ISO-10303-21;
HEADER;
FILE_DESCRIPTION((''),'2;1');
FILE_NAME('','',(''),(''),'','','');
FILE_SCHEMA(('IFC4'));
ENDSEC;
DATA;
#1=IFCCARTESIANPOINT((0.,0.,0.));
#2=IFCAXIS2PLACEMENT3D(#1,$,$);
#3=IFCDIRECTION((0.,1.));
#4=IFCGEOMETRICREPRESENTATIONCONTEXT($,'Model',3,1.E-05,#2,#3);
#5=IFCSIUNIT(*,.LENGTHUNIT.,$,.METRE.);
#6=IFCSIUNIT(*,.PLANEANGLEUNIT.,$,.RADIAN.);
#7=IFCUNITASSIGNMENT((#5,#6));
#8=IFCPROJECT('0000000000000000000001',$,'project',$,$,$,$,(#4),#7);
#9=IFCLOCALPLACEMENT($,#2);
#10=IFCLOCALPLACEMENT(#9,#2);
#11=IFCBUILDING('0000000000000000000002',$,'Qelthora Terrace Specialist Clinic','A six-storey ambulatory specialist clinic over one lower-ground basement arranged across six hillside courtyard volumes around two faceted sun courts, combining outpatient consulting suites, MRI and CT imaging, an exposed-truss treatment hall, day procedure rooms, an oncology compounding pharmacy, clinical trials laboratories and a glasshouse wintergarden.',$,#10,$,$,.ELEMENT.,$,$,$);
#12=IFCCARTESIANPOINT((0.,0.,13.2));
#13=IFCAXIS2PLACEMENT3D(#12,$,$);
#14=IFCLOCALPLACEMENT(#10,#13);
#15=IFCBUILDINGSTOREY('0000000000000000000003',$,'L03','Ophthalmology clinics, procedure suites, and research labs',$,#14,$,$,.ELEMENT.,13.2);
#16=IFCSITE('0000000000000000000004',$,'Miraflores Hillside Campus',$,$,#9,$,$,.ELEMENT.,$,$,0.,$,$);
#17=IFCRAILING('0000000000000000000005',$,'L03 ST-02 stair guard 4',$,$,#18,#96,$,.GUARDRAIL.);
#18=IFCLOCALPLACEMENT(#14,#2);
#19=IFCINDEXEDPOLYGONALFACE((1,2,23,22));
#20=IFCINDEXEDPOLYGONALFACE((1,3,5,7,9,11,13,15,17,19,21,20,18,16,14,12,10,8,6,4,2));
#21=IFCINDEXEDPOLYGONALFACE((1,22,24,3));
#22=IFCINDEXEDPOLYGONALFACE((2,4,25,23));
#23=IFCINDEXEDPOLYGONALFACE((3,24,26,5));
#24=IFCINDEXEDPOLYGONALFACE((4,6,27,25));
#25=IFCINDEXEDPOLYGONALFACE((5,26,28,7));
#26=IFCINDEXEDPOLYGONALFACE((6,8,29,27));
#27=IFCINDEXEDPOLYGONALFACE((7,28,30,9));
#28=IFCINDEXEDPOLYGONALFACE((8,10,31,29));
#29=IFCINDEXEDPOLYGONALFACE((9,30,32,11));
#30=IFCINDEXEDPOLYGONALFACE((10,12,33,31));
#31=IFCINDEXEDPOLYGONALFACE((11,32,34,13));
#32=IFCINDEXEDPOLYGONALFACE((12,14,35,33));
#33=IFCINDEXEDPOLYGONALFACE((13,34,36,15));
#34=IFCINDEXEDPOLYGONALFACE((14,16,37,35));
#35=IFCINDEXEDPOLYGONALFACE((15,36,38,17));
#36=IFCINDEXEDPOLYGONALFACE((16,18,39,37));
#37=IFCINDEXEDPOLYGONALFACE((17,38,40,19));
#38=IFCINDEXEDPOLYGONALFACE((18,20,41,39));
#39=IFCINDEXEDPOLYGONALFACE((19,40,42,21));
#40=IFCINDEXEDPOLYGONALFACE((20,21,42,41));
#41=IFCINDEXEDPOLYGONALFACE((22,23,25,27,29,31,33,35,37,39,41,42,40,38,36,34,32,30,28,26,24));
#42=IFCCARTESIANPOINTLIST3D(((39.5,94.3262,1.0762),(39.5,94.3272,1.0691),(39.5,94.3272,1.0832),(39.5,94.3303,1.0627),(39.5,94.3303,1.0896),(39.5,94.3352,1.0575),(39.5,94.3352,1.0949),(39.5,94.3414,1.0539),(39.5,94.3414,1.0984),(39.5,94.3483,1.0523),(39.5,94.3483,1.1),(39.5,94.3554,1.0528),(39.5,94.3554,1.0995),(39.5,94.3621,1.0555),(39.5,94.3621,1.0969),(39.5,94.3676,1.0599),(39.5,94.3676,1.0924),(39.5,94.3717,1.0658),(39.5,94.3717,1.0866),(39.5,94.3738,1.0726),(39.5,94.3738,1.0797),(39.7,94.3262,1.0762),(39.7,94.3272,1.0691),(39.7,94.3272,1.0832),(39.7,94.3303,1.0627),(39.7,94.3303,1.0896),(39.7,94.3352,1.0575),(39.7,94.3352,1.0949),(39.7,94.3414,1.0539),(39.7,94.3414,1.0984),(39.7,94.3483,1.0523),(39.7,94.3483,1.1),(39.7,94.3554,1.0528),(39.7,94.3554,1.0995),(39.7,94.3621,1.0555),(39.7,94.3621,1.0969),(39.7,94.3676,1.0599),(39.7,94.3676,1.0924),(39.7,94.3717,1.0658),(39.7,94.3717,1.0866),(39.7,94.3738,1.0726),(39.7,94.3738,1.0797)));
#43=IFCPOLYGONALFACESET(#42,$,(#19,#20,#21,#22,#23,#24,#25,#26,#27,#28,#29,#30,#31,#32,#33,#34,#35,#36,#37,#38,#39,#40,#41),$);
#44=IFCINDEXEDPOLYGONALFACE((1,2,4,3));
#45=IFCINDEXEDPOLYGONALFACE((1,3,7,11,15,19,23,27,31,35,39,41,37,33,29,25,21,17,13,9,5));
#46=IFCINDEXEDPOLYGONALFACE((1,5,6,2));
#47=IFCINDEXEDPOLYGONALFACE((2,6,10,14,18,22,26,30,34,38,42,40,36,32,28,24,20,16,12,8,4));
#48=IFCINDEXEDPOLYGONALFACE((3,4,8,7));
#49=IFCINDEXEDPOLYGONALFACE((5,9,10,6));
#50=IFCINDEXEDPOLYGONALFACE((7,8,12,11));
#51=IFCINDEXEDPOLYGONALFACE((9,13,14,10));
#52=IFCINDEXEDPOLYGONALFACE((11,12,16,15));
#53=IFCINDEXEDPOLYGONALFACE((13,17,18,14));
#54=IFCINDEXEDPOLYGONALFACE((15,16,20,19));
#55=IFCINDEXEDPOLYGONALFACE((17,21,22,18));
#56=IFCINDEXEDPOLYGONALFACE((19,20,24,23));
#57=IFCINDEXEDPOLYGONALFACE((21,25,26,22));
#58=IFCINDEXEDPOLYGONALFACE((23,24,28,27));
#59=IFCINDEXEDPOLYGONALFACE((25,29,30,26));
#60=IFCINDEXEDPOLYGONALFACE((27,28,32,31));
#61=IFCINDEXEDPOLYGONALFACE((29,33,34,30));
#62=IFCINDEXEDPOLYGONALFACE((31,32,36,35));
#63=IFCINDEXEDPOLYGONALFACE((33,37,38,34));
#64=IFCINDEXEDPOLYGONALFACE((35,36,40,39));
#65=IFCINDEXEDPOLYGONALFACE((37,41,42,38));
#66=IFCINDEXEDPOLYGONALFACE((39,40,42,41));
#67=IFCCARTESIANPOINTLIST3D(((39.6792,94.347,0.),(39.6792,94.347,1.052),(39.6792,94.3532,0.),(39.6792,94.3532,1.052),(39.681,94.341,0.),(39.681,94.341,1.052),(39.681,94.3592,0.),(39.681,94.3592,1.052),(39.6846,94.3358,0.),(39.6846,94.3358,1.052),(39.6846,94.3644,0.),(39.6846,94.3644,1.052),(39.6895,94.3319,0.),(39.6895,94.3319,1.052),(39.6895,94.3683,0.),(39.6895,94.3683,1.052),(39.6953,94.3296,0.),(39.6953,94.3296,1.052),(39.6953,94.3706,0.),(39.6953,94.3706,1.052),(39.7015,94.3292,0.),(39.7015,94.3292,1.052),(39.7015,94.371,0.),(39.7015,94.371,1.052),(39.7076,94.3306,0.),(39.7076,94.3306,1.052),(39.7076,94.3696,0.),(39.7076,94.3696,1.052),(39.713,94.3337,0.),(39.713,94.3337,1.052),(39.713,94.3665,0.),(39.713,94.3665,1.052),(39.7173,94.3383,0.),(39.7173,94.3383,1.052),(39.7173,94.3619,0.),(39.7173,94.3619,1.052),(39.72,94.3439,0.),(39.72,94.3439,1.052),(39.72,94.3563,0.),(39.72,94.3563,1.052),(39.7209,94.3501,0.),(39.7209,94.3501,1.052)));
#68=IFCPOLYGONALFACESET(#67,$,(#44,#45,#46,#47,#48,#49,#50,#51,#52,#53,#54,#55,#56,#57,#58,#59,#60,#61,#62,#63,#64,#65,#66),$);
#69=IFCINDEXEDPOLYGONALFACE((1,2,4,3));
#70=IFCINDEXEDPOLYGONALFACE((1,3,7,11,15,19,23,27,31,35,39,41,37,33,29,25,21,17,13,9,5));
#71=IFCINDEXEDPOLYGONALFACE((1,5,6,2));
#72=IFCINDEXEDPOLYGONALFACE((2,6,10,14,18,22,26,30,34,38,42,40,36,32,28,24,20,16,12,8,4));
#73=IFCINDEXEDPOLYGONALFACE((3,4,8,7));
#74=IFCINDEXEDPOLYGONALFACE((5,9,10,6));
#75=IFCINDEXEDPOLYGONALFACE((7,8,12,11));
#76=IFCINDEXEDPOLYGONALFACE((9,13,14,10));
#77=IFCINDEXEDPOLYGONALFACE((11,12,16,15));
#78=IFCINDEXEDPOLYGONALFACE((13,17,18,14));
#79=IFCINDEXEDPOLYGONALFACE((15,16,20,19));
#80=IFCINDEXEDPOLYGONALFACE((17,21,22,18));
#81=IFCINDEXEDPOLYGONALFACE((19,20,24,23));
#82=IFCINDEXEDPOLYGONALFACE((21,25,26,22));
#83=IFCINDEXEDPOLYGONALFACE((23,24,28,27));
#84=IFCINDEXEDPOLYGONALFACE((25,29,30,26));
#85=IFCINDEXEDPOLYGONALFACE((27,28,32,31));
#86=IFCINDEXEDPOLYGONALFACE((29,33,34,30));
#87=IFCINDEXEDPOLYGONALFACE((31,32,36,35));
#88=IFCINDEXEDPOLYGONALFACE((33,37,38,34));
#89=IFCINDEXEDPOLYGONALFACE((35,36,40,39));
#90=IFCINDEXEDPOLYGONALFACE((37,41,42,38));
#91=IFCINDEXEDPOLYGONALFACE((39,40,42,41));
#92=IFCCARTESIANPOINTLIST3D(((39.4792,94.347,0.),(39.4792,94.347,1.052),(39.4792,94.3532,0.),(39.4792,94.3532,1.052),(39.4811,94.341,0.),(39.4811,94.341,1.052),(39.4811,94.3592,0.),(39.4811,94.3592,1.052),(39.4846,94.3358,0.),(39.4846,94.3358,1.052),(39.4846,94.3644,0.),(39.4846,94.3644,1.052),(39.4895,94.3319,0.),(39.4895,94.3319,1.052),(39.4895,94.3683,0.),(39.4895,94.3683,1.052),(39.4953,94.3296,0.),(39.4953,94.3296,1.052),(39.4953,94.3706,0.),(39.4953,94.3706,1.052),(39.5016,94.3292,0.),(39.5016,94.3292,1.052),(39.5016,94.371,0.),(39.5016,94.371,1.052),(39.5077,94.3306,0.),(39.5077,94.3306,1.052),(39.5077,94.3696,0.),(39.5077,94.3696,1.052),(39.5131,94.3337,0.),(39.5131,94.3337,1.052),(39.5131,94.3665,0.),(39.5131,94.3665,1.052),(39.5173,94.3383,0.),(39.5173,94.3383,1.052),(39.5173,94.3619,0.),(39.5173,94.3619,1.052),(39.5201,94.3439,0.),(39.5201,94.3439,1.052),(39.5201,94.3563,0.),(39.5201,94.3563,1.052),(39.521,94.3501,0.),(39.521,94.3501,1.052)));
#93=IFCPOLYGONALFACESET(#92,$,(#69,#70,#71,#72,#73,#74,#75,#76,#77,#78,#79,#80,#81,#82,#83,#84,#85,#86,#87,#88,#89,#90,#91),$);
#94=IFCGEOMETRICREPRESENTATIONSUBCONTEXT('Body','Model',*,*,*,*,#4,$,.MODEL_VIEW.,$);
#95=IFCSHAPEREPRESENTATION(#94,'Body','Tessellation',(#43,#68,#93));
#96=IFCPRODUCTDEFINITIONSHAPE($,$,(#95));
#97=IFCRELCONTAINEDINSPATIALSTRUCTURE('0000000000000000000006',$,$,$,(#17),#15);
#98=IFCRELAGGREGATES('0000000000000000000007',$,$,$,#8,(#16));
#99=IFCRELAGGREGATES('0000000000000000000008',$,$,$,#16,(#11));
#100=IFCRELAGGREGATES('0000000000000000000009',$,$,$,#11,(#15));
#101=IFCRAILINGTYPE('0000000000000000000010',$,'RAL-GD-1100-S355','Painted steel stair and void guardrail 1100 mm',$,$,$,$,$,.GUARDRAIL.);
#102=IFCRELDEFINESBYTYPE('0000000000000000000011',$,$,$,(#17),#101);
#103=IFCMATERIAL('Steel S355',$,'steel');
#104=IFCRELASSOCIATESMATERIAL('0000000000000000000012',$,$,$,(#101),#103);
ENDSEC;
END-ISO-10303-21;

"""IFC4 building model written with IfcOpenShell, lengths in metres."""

from ifc_helpers import new_model, si_unit, direction, frame, origin, origin_2d, place, context, subcontext, project, spatial, circle, extrude, material, type_object, element, save


model = new_model("IFC4")

# Units and contexts
model_context = context("Model", 3, precision=1e-05, world=origin(), true_north=direction((0.0, 1.0)))
body_context = subcontext(model_context, "Body", "Model", "MODEL_VIEW")
ifc_project = project(units=[si_unit("LENGTHUNIT", "METRE"), si_unit("PLANEANGLEUNIT", "RADIAN")], contexts=[model_context])

# Site, building, storey
site_placement = place(None, origin())
site = spatial("IfcSite", under=ifc_project, at=site_placement, Name="Miraflores Hillside Campus", CompositionType="ELEMENT", RefElevation=0.0)
building_placement = place(site_placement, origin())
building = spatial("IfcBuilding", under=site, at=building_placement, Name="Qelthora Terrace Specialist Clinic", Description="A six-storey ambulatory specialist clinic over one lower-ground basement arranged across six hillside courtyard volumes around two faceted sun courts, combining outpatient consulting suites, MRI and CT imaging, an exposed-truss treatment hall, day procedure rooms, an oncology compounding pharmacy, clinical trials laboratories and a glasshouse wintergarden.", CompositionType="ELEMENT")
storey_placement = place(building_placement, frame((0.0, 0.0, 13.2)))
storey = spatial("IfcBuildingStorey", under=building, at=storey_placement, Name="L03", Description="Ophthalmology clinics, procedure suites, and research labs", CompositionType="ELEMENT", Elevation=13.2)

# Shared definitions
ifc_material_1 = material(Name="Steel S355", Category="steel")

# Railing
railing_type = type_object("IfcRailingType", Name="RAL-GD-1100-S355", Description="Painted steel stair and void guardrail 1100 mm", PredefinedType="GUARDRAIL", material=ifc_material_1)
railing_placement = place(storey_placement, frame((39.7, 94.3501, 0.0)))
element("IfcRailing", 1, at=railing_placement, inside=storey, type_object=railing_type, Name="L03 ST-02 stair guard 4", PredefinedType="GUARDRAIL", context=body_context, shape_type="SweptSolid", body=[
    extrude(circle(Radius=0.0239, at=origin_2d()), frame((0.0, 0.0, 1.0762), z_axis=(-1.0, 0.0, 0.0), x_axis=(0.0, -1.0, 0.0)), (0.0, 0.0, 1.0), 0.2),
    extrude(circle(Radius=0.021, at=origin_2d()), origin(), (0.0, 0.0, 1.0), 1.052),
    extrude(circle(Radius=0.021, at=origin_2d()), frame((-0.2, 0.0, 0.0)), (0.0, 0.0, 1.0), 1.052),
])

save(model, "model.ifc")
